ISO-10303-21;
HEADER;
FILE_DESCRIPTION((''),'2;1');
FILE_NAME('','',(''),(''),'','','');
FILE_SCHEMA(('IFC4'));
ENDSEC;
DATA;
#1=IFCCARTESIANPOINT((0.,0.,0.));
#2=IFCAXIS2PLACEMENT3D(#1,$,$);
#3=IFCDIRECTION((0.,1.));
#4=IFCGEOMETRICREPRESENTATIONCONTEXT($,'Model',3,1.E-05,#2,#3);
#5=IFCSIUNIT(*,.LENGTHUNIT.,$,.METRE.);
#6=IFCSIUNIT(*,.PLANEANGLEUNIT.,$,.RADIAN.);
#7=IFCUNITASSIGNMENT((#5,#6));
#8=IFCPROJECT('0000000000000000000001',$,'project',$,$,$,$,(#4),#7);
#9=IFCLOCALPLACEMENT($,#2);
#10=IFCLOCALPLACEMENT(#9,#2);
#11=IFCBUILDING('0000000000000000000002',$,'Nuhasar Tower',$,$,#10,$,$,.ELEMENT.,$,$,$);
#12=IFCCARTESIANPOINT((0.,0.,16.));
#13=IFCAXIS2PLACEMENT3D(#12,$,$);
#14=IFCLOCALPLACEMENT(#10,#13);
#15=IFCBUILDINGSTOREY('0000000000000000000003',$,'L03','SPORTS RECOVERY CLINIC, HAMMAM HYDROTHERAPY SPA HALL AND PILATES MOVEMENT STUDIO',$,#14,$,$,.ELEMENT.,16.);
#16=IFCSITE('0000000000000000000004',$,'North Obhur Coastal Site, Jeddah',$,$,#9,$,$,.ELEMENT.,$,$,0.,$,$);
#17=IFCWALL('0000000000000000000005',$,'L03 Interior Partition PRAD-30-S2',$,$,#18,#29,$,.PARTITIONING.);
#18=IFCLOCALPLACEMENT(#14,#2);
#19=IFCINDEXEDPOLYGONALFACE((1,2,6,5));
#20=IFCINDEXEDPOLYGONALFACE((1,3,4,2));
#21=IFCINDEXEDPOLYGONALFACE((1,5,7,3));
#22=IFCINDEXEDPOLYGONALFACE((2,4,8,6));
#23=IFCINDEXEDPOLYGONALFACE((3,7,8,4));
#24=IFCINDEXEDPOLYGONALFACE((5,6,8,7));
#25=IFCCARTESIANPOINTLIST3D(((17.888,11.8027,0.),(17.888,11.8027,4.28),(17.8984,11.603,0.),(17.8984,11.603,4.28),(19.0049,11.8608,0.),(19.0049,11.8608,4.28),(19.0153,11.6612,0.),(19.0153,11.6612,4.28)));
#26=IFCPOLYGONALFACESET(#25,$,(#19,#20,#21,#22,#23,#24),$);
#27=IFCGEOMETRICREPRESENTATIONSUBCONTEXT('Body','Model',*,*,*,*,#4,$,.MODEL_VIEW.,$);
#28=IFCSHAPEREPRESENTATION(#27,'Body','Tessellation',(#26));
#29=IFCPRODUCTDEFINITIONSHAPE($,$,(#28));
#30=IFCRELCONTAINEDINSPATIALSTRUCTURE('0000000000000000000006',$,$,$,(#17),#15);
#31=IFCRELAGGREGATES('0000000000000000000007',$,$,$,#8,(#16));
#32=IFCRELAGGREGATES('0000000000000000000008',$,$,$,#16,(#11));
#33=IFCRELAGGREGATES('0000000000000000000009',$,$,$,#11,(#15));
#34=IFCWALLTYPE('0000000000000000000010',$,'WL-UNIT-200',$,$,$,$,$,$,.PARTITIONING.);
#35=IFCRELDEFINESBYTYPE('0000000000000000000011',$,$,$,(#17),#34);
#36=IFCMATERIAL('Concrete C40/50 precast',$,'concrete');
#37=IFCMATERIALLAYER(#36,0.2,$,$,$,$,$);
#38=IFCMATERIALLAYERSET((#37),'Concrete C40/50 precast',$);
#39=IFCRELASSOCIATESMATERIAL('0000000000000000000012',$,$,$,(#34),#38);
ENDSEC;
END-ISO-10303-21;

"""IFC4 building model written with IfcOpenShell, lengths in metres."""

from ifc_helpers import new_model, si_unit, direction, frame, frame_2d, origin, place, context, subcontext, project, spatial, rectangle, extrude, material, layer, layer_set, type_object, element, save


model = new_model("IFC4")

# Units and contexts
model_context = context("Model", 3, precision=1e-05, world=origin(), true_north=direction((0.0, 1.0)))
body_context = subcontext(model_context, "Body", "Model", "MODEL_VIEW")
ifc_project = project(units=[si_unit("LENGTHUNIT", "METRE"), si_unit("PLANEANGLEUNIT", "RADIAN")], contexts=[model_context])

# Site, building, storey
site_placement = place(None, origin())
site = spatial("IfcSite", under=ifc_project, at=site_placement, Name="North Obhur Coastal Site, Jeddah", CompositionType="ELEMENT", RefElevation=0.0)
building_placement = place(site_placement, origin())
building = spatial("IfcBuilding", under=site, at=building_placement, Name="Nuhasar Tower", CompositionType="ELEMENT")
storey_placement = place(building_placement, frame((0.0, 0.0, 16.0)))
storey = spatial("IfcBuildingStorey", under=building, at=storey_placement, Name="L03", Description="SPORTS RECOVERY CLINIC, HAMMAM HYDROTHERAPY SPA HALL AND PILATES MOVEMENT STUDIO", CompositionType="ELEMENT", Elevation=16.0)

# Wall
ifc_material_1 = material(Name="Concrete C40/50 precast", Category="concrete")
ifc_layer_1 = layer(ifc_material_1, 0.2)
ifc_layer_set_1 = layer_set([ifc_layer_1], Name="Concrete C40/50 precast")
wall_type_1 = type_object("IfcWallType", Name="WL-UNIT-200", PredefinedType="PARTITIONING", material=ifc_layer_set_1)
wall_1_placement = place(storey_placement, frame((19.01, 11.761, 0.0), z_axis=(0.0, 0.0, 1.0), x_axis=(-0.99865, -0.051952, 0.0)))
element("IfcWall", 1, at=wall_1_placement, inside=storey, type_object=wall_type_1, Name="L03 Interior Partition PRAD-30-S2", PredefinedType="PARTITIONING", context=body_context, shape_type="SweptSolid", body=[
    extrude(rectangle(XDim=1.1184, YDim=0.2, at=frame_2d((0.5591, 0.0))), origin(), (0.0, 0.0, 1.0), 4.28),
])

save(model, "model.ifc")
